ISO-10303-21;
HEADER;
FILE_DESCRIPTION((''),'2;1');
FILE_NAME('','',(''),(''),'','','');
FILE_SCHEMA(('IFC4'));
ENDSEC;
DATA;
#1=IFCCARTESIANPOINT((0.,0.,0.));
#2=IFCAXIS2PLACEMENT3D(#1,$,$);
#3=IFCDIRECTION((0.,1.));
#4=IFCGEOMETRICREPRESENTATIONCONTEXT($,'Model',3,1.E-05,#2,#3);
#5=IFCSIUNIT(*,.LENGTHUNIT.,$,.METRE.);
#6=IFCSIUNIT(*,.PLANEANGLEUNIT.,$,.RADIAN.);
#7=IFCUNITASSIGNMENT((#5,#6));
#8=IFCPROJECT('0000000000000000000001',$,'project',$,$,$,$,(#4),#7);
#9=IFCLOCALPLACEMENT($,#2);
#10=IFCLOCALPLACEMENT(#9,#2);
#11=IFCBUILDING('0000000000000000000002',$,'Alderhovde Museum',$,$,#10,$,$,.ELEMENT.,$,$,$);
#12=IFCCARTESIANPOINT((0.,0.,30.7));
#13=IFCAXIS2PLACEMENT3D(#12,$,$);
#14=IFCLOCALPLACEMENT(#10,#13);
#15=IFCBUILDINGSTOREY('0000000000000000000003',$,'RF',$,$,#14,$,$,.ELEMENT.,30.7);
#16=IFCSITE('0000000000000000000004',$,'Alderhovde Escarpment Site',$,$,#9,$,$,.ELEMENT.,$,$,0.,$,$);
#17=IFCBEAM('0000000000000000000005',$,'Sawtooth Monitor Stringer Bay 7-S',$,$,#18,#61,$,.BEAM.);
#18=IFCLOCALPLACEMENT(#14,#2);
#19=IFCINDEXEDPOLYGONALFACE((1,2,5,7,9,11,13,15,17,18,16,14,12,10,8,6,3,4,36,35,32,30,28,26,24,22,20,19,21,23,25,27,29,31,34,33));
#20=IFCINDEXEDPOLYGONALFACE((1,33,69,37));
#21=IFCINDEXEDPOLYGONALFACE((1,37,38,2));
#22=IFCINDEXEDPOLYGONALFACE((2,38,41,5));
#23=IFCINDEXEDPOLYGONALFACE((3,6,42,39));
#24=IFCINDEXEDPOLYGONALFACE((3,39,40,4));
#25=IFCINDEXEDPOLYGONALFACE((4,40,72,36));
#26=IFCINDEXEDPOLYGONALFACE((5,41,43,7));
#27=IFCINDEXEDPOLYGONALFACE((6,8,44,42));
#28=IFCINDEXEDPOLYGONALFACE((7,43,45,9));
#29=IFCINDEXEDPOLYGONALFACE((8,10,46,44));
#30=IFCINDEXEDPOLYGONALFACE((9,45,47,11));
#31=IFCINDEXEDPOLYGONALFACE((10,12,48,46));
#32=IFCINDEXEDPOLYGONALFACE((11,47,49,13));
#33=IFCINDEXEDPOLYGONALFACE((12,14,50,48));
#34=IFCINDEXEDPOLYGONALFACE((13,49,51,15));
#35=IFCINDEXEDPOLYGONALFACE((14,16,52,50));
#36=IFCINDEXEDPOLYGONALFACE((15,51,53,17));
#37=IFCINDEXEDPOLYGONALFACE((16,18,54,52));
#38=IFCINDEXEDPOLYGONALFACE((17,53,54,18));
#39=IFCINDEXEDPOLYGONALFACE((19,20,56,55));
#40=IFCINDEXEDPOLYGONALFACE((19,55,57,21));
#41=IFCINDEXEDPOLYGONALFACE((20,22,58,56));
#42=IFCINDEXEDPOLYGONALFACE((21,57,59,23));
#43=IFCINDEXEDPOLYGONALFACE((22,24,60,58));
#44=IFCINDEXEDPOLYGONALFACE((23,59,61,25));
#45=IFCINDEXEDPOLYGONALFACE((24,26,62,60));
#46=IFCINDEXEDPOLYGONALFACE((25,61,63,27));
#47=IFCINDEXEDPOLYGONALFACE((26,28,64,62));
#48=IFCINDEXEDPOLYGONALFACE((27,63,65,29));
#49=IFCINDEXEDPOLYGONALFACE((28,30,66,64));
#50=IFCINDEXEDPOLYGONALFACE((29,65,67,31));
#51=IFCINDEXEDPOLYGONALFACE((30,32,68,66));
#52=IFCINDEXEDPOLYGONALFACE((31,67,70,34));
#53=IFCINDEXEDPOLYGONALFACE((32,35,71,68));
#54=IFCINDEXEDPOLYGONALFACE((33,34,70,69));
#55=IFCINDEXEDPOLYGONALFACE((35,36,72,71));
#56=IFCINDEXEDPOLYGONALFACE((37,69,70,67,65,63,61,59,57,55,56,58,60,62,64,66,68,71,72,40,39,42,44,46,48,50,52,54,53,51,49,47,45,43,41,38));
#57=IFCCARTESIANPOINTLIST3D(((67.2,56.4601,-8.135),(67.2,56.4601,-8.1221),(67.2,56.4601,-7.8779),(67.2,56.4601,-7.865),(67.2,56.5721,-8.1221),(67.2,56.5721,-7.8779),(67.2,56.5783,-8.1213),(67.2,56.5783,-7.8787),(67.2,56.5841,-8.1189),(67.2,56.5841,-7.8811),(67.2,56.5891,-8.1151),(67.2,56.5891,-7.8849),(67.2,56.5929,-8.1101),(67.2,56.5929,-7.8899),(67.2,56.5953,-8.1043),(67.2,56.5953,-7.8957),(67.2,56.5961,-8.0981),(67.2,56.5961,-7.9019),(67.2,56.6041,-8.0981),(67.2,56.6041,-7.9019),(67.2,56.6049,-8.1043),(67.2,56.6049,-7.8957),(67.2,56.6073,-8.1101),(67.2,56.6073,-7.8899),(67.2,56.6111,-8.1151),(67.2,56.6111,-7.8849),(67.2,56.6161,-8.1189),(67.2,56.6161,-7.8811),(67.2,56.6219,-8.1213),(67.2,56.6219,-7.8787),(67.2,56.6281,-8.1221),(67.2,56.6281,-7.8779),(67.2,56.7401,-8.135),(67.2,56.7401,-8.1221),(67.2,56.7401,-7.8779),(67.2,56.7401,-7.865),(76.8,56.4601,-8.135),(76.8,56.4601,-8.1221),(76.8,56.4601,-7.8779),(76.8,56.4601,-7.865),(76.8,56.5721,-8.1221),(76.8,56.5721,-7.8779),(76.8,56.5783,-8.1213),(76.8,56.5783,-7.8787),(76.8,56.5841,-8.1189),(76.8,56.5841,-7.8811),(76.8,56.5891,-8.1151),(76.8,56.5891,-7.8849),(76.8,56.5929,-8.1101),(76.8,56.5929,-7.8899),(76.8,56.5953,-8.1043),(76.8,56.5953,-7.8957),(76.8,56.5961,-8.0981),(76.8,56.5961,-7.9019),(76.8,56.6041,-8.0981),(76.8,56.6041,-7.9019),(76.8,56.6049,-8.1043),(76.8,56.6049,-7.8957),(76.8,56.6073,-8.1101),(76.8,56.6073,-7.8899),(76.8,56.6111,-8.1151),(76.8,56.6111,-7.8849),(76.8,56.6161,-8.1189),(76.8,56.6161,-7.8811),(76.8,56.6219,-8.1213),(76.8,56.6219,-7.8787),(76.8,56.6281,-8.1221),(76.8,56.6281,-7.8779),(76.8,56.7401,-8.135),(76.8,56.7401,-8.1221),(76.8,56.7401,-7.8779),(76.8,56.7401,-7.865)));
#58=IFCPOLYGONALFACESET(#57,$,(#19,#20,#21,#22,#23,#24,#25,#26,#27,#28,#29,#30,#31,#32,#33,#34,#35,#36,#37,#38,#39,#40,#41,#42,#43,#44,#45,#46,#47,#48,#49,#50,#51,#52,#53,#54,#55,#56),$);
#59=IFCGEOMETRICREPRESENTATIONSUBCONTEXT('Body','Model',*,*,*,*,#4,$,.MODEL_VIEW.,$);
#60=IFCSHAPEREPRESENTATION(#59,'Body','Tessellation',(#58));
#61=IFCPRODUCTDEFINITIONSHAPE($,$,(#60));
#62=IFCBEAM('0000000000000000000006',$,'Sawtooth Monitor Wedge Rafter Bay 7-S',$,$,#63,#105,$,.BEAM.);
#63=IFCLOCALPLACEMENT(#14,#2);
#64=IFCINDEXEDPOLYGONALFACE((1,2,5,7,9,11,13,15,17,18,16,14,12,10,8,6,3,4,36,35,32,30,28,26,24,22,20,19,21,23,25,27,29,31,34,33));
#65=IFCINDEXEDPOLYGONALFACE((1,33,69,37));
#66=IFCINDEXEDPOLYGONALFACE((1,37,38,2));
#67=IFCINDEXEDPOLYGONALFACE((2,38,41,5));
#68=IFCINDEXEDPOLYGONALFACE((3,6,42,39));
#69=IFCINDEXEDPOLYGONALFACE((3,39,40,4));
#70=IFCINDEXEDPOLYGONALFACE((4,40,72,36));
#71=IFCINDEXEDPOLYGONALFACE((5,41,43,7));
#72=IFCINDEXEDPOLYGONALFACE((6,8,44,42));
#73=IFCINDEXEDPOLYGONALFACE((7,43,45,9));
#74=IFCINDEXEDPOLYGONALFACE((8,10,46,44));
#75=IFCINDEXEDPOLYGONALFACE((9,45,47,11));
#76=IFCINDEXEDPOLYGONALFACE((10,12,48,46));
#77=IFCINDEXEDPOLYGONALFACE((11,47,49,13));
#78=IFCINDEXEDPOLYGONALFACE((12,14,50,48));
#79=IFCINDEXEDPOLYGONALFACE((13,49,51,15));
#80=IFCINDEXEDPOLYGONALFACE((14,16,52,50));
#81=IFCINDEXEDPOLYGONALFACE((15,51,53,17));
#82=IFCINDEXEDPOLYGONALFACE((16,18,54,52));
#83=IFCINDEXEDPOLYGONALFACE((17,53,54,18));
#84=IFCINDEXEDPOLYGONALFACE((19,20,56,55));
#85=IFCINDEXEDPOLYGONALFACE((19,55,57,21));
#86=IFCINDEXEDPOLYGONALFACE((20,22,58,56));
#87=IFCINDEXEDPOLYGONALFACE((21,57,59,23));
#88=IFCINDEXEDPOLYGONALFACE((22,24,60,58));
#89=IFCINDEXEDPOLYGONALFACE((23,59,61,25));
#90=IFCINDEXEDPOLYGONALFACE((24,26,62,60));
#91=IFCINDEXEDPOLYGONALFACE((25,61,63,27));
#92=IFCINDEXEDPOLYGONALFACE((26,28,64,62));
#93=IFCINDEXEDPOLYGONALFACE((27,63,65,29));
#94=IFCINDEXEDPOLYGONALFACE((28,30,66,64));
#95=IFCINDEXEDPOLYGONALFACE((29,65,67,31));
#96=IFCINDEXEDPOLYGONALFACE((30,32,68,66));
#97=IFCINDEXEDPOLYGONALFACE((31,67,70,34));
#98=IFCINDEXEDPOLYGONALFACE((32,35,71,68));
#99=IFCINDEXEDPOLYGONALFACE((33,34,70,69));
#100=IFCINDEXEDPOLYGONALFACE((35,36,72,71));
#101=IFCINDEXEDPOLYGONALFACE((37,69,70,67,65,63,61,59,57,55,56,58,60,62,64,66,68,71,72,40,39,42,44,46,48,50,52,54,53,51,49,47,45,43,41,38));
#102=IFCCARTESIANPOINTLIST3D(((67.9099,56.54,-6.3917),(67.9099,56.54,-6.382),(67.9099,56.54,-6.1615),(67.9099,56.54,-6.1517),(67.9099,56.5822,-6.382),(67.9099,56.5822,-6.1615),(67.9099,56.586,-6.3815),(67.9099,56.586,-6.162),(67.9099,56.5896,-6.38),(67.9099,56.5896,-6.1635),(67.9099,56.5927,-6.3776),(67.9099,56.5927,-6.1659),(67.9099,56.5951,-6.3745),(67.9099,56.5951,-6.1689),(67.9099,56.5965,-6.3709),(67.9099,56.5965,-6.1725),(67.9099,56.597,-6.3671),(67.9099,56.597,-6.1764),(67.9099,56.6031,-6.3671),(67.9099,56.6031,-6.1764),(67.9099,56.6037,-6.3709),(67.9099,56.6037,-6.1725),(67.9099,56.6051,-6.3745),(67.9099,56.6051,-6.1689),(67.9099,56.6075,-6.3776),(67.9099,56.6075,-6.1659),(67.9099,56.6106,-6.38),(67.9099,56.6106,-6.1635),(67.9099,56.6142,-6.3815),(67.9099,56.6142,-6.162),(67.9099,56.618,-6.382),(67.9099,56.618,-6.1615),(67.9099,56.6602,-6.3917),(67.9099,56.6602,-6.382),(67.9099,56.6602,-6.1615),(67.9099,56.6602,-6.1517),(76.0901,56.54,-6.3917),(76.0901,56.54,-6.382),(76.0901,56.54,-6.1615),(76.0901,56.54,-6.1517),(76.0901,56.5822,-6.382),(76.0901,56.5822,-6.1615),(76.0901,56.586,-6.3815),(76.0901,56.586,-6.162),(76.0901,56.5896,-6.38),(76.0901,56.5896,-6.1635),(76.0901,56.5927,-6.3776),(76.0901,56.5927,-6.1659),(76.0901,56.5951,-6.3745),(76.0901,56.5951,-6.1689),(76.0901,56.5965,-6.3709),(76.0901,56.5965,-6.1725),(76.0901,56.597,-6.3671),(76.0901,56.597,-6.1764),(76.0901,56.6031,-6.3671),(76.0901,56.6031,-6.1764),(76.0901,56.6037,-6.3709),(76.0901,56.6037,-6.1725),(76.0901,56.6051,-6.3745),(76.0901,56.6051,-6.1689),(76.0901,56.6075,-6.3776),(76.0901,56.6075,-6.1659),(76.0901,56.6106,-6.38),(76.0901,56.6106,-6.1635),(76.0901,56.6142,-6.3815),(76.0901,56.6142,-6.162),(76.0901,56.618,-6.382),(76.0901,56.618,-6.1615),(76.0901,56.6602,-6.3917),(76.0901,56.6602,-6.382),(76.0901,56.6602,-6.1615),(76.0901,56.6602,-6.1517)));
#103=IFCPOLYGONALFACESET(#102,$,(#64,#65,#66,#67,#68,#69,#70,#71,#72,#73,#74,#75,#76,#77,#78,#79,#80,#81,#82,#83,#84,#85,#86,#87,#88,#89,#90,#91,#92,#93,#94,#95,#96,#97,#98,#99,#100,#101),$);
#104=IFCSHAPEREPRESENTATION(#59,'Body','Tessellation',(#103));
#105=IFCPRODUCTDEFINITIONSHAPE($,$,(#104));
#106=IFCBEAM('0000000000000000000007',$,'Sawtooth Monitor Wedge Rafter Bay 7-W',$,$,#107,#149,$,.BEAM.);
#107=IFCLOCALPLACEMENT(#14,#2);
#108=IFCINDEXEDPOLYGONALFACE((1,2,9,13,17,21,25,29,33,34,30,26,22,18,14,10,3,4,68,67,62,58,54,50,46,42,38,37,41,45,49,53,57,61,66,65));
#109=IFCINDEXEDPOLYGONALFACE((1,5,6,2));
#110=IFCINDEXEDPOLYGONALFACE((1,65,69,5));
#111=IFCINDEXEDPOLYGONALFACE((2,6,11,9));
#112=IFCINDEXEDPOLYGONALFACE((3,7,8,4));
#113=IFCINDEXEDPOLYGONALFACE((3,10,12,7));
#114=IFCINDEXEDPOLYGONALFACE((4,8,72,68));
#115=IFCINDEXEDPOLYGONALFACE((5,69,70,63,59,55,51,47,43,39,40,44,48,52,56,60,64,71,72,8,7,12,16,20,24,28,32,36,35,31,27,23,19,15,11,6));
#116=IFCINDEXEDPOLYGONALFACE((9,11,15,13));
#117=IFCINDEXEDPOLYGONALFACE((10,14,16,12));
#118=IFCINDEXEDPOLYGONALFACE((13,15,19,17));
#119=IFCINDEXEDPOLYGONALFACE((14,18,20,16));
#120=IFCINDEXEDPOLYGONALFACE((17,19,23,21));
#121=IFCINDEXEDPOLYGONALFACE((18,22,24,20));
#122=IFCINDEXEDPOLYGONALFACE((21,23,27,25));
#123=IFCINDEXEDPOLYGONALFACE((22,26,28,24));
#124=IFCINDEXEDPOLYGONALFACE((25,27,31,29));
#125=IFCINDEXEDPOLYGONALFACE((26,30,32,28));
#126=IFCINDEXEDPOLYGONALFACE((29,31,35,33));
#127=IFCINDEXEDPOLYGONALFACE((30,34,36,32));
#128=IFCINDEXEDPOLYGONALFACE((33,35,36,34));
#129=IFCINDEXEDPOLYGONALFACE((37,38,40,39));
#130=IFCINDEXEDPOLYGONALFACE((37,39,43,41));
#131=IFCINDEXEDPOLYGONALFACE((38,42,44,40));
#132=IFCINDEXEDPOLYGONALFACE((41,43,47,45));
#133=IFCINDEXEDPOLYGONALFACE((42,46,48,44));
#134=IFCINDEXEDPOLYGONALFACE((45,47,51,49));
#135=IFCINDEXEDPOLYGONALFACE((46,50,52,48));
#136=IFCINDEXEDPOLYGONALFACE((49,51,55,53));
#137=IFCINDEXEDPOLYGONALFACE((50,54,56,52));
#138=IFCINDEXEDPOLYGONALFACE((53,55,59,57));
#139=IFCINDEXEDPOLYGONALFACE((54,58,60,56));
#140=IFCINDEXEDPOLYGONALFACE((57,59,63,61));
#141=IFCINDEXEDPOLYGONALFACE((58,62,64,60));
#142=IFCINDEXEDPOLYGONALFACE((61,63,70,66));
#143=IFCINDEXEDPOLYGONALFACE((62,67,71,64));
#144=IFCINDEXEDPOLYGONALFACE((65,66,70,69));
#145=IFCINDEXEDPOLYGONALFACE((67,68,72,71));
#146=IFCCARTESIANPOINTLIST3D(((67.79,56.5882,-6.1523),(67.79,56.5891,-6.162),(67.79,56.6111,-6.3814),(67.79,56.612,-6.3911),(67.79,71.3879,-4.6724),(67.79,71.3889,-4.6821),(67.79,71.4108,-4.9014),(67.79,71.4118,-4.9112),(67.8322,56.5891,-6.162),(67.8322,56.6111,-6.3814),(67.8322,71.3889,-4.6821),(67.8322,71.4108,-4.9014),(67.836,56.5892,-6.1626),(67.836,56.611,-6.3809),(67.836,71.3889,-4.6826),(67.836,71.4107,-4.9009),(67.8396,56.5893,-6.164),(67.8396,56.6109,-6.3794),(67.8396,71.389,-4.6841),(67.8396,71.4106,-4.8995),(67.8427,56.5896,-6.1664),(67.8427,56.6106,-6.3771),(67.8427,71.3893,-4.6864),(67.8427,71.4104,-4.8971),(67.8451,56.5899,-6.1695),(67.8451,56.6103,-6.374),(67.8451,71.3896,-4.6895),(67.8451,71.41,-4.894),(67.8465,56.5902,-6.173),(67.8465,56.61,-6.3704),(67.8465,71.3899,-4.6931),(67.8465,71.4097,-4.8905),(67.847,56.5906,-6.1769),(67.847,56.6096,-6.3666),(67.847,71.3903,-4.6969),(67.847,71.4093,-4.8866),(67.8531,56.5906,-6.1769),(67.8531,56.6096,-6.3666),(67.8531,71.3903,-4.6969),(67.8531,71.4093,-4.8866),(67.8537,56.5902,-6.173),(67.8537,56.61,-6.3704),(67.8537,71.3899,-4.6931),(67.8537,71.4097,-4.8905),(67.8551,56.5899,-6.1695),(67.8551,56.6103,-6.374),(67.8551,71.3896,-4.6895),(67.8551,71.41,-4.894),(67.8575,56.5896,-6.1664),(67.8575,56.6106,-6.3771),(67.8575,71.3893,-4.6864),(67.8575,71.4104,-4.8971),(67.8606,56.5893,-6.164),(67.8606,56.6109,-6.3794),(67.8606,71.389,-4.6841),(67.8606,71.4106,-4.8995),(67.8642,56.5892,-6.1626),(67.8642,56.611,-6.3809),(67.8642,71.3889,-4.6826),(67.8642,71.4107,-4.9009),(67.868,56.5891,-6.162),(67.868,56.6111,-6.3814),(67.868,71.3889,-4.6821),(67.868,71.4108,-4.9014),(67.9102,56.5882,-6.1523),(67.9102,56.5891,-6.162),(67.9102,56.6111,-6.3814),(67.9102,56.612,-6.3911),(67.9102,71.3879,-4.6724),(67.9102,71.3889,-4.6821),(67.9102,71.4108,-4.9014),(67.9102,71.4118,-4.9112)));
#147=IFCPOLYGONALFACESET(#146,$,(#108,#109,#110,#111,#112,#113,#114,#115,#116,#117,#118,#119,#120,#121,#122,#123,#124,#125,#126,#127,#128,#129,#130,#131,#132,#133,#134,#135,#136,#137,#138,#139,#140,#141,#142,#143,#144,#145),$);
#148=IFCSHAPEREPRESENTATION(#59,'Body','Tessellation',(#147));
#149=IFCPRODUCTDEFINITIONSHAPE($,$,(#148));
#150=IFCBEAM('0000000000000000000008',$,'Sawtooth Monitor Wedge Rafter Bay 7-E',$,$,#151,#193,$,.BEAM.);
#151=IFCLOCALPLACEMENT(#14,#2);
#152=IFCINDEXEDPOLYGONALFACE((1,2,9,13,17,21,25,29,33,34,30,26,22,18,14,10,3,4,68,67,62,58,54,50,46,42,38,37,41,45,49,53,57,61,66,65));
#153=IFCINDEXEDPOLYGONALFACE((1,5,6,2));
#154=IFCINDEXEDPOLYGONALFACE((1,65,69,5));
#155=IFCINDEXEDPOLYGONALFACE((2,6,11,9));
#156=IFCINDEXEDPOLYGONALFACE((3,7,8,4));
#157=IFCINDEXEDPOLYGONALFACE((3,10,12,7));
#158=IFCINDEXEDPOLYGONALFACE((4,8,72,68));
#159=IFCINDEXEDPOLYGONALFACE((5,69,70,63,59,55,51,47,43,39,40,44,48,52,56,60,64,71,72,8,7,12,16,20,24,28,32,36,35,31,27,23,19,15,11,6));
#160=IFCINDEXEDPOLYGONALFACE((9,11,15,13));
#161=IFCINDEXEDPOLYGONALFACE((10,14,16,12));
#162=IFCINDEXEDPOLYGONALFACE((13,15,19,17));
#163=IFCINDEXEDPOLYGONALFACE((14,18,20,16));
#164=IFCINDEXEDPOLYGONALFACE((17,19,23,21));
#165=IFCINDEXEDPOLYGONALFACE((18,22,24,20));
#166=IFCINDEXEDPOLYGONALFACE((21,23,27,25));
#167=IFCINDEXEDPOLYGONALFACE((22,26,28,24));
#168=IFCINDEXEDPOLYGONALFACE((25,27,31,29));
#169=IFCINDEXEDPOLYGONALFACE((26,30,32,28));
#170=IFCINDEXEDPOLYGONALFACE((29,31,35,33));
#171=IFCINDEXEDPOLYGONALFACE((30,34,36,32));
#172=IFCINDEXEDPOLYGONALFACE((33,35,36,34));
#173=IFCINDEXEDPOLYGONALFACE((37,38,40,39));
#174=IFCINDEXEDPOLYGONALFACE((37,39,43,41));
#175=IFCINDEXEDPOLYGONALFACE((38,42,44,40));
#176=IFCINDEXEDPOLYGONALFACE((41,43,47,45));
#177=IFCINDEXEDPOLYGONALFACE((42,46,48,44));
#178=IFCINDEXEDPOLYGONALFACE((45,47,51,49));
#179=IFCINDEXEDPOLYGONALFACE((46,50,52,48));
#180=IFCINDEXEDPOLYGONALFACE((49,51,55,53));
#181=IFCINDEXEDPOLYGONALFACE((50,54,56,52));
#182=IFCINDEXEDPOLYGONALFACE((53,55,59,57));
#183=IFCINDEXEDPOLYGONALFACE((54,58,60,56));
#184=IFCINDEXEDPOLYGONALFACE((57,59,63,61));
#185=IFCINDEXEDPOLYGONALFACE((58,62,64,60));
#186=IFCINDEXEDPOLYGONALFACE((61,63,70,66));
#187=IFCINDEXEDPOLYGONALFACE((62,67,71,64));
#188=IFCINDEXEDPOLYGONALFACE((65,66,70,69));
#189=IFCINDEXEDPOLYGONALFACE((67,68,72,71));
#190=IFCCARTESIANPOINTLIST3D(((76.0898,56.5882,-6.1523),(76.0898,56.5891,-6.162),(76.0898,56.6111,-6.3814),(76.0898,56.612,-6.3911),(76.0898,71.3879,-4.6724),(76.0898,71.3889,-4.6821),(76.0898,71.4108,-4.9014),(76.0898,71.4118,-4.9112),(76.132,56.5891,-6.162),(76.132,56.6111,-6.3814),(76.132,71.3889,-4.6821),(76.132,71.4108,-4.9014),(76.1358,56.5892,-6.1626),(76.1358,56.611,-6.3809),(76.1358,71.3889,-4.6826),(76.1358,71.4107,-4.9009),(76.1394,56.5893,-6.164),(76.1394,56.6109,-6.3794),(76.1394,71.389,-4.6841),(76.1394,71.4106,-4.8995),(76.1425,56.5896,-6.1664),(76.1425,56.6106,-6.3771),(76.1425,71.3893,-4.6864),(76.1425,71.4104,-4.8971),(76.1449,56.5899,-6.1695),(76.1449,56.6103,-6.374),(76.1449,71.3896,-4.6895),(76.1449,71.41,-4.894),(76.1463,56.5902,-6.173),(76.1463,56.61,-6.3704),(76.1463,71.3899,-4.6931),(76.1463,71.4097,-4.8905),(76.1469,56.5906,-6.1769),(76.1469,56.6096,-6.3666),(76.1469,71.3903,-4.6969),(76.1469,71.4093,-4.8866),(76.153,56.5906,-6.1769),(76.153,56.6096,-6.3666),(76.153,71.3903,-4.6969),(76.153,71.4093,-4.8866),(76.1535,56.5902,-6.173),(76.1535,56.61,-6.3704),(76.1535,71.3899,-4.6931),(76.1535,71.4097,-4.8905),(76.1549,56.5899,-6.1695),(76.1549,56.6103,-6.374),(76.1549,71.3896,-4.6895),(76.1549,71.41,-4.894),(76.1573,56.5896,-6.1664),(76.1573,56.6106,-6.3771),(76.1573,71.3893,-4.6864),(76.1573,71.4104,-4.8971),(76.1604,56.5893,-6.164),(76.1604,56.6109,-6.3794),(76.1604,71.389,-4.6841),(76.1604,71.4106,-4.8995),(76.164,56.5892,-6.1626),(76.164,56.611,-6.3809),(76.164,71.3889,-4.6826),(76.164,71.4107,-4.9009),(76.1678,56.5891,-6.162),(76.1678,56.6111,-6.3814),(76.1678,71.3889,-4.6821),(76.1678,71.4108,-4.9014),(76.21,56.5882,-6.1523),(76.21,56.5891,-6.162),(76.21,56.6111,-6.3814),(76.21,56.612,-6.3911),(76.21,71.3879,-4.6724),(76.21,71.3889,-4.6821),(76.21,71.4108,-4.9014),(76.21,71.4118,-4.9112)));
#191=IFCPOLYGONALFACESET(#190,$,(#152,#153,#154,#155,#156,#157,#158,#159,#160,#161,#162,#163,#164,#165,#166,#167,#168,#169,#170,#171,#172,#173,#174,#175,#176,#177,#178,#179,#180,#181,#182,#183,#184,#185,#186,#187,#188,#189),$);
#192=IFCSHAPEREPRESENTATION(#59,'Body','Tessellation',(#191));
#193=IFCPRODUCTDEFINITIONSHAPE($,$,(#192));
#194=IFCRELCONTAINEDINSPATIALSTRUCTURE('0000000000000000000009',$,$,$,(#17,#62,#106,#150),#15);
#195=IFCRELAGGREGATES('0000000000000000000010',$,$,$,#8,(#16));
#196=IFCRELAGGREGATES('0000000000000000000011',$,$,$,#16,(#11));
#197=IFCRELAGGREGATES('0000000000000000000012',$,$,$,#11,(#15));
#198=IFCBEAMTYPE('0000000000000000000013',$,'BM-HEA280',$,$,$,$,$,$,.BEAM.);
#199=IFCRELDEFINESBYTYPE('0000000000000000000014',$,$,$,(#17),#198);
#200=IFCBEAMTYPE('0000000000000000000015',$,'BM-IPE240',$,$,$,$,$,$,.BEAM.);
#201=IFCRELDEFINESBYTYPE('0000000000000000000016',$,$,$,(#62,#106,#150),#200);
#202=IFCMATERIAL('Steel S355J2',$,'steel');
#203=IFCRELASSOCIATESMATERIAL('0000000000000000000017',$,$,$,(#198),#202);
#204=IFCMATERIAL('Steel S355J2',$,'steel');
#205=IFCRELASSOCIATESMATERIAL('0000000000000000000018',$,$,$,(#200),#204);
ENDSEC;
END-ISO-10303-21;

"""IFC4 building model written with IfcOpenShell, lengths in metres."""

from ifc_helpers import new_model, si_unit, direction, frame, origin, origin_2d, place, context, subcontext, project, spatial, i_section, extrude, material, material_profile, profile_set, type_object, element, save


model = new_model("IFC4")

# Units and contexts
model_context = context("Model", 3, precision=1e-05, world=origin(), true_north=direction((0.0, 1.0)))
body_context = subcontext(model_context, "Body", "Model", "MODEL_VIEW")
ifc_project = project(units=[si_unit("LENGTHUNIT", "METRE"), si_unit("PLANEANGLEUNIT", "RADIAN")], contexts=[model_context])

# Site, building, storey
site_placement = place(None, origin())
site = spatial("IfcSite", under=ifc_project, at=site_placement, Name="Alderhovde Escarpment Site", CompositionType="ELEMENT", RefElevation=0.0)
building_placement = place(site_placement, origin())
building = spatial("IfcBuilding", under=site, at=building_placement, Name="Alderhovde Museum", CompositionType="ELEMENT")
storey_placement = place(building_placement, frame((0.0, 0.0, 30.7)))
storey = spatial("IfcBuildingStorey", under=building, at=storey_placement, Name="RF", CompositionType="ELEMENT", Elevation=30.7)

# Beams
ifc_material_1 = material(Name="Steel S355J2", Category="steel")
ifc_material_profile_1 = material_profile(ifc_material_1, i_section(OverallWidth=0.28, OverallDepth=0.27, WebThickness=0.0081, FlangeThickness=0.0129, FilletRadius=0.0239, at=origin_2d()), Name="HEA 280")
ifc_profile_set_1 = profile_set([ifc_material_profile_1], Name="Steel S355J2")
beam_type_1 = type_object("IfcBeamType", Name="BM-HEA280", PredefinedType="BEAM", material=ifc_profile_set_1)
beam_1_placement = place(storey_placement, frame((67.2, 56.6001, -8.0), z_axis=(1.0, 0.0, 0.0), x_axis=(0.0, 1.0, 0.0)))
element("IfcBeam", 1, at=beam_1_placement, inside=storey, type_object=beam_type_1, Name="Sawtooth Monitor Stringer Bay 7-S", PredefinedType="BEAM", context=body_context, shape_type="SweptSolid", body=[
    extrude(i_section(OverallWidth=0.28, OverallDepth=0.27, WebThickness=0.0081, FlangeThickness=0.0129, FilletRadius=0.0239, at=origin_2d()), origin(), (0.0, 0.0, 1.0), 9.6001),
])
ifc_material_2 = material(Name="Steel S355J2", Category="steel")
ifc_material_profile_2 = material_profile(ifc_material_2, i_section(OverallWidth=0.1201, OverallDepth=0.24, WebThickness=0.0061, FlangeThickness=0.0098, FilletRadius=0.0149, at=origin_2d()), Name="IPE 240")
ifc_profile_set_2 = profile_set([ifc_material_profile_2], Name="Steel S355J2")
beam_type_2 = type_object("IfcBeamType", Name="BM-IPE240", PredefinedType="BEAM", material=ifc_profile_set_2)
beam_2_placement = place(storey_placement, frame((67.9099, 56.6001, -6.2717), z_axis=(1.0, 0.0, 0.0), x_axis=(0.0, 1.0, 0.0)))
element("IfcBeam", 2, at=beam_2_placement, inside=storey, type_object=beam_type_2, Name="Sawtooth Monitor Wedge Rafter Bay 7-S", PredefinedType="BEAM", context=body_context, shape_type="SweptSolid", body=[
    extrude(i_section(OverallWidth=0.1201, OverallDepth=0.24, WebThickness=0.0061, FlangeThickness=0.0098, FilletRadius=0.0149, at=origin_2d()), origin(), (0.0, 0.0, 1.0), 8.1802),
])
for number, where, z_axis, x_axis, name in (
    (3, (67.8501, 56.6001, -6.2717), (0.0, 0.995037, 0.099504), (-1.0, 0.0, 0.0), "Sawtooth Monitor Wedge Rafter Bay 7-W"),
    (4, (76.1499, 56.6001, -6.2717), (0.0, 0.995037, 0.099504), (-1.0, 0.0, 0.0), "Sawtooth Monitor Wedge Rafter Bay 7-E"),
):
    element("IfcBeam", number, at=place(storey_placement, frame(where, z_axis=z_axis, x_axis=x_axis)), inside=storey, type_object=beam_type_2, Name=name, PredefinedType="BEAM", context=body_context, shape_type="SweptSolid", body=[
        extrude(i_section(OverallWidth=0.1201, OverallDepth=0.24, WebThickness=0.0061, FlangeThickness=0.0098, FilletRadius=0.0149, at=origin_2d()), origin(), (0.0, 0.0, 1.0), 14.8735),
    ])

save(model, "model.ifc")
